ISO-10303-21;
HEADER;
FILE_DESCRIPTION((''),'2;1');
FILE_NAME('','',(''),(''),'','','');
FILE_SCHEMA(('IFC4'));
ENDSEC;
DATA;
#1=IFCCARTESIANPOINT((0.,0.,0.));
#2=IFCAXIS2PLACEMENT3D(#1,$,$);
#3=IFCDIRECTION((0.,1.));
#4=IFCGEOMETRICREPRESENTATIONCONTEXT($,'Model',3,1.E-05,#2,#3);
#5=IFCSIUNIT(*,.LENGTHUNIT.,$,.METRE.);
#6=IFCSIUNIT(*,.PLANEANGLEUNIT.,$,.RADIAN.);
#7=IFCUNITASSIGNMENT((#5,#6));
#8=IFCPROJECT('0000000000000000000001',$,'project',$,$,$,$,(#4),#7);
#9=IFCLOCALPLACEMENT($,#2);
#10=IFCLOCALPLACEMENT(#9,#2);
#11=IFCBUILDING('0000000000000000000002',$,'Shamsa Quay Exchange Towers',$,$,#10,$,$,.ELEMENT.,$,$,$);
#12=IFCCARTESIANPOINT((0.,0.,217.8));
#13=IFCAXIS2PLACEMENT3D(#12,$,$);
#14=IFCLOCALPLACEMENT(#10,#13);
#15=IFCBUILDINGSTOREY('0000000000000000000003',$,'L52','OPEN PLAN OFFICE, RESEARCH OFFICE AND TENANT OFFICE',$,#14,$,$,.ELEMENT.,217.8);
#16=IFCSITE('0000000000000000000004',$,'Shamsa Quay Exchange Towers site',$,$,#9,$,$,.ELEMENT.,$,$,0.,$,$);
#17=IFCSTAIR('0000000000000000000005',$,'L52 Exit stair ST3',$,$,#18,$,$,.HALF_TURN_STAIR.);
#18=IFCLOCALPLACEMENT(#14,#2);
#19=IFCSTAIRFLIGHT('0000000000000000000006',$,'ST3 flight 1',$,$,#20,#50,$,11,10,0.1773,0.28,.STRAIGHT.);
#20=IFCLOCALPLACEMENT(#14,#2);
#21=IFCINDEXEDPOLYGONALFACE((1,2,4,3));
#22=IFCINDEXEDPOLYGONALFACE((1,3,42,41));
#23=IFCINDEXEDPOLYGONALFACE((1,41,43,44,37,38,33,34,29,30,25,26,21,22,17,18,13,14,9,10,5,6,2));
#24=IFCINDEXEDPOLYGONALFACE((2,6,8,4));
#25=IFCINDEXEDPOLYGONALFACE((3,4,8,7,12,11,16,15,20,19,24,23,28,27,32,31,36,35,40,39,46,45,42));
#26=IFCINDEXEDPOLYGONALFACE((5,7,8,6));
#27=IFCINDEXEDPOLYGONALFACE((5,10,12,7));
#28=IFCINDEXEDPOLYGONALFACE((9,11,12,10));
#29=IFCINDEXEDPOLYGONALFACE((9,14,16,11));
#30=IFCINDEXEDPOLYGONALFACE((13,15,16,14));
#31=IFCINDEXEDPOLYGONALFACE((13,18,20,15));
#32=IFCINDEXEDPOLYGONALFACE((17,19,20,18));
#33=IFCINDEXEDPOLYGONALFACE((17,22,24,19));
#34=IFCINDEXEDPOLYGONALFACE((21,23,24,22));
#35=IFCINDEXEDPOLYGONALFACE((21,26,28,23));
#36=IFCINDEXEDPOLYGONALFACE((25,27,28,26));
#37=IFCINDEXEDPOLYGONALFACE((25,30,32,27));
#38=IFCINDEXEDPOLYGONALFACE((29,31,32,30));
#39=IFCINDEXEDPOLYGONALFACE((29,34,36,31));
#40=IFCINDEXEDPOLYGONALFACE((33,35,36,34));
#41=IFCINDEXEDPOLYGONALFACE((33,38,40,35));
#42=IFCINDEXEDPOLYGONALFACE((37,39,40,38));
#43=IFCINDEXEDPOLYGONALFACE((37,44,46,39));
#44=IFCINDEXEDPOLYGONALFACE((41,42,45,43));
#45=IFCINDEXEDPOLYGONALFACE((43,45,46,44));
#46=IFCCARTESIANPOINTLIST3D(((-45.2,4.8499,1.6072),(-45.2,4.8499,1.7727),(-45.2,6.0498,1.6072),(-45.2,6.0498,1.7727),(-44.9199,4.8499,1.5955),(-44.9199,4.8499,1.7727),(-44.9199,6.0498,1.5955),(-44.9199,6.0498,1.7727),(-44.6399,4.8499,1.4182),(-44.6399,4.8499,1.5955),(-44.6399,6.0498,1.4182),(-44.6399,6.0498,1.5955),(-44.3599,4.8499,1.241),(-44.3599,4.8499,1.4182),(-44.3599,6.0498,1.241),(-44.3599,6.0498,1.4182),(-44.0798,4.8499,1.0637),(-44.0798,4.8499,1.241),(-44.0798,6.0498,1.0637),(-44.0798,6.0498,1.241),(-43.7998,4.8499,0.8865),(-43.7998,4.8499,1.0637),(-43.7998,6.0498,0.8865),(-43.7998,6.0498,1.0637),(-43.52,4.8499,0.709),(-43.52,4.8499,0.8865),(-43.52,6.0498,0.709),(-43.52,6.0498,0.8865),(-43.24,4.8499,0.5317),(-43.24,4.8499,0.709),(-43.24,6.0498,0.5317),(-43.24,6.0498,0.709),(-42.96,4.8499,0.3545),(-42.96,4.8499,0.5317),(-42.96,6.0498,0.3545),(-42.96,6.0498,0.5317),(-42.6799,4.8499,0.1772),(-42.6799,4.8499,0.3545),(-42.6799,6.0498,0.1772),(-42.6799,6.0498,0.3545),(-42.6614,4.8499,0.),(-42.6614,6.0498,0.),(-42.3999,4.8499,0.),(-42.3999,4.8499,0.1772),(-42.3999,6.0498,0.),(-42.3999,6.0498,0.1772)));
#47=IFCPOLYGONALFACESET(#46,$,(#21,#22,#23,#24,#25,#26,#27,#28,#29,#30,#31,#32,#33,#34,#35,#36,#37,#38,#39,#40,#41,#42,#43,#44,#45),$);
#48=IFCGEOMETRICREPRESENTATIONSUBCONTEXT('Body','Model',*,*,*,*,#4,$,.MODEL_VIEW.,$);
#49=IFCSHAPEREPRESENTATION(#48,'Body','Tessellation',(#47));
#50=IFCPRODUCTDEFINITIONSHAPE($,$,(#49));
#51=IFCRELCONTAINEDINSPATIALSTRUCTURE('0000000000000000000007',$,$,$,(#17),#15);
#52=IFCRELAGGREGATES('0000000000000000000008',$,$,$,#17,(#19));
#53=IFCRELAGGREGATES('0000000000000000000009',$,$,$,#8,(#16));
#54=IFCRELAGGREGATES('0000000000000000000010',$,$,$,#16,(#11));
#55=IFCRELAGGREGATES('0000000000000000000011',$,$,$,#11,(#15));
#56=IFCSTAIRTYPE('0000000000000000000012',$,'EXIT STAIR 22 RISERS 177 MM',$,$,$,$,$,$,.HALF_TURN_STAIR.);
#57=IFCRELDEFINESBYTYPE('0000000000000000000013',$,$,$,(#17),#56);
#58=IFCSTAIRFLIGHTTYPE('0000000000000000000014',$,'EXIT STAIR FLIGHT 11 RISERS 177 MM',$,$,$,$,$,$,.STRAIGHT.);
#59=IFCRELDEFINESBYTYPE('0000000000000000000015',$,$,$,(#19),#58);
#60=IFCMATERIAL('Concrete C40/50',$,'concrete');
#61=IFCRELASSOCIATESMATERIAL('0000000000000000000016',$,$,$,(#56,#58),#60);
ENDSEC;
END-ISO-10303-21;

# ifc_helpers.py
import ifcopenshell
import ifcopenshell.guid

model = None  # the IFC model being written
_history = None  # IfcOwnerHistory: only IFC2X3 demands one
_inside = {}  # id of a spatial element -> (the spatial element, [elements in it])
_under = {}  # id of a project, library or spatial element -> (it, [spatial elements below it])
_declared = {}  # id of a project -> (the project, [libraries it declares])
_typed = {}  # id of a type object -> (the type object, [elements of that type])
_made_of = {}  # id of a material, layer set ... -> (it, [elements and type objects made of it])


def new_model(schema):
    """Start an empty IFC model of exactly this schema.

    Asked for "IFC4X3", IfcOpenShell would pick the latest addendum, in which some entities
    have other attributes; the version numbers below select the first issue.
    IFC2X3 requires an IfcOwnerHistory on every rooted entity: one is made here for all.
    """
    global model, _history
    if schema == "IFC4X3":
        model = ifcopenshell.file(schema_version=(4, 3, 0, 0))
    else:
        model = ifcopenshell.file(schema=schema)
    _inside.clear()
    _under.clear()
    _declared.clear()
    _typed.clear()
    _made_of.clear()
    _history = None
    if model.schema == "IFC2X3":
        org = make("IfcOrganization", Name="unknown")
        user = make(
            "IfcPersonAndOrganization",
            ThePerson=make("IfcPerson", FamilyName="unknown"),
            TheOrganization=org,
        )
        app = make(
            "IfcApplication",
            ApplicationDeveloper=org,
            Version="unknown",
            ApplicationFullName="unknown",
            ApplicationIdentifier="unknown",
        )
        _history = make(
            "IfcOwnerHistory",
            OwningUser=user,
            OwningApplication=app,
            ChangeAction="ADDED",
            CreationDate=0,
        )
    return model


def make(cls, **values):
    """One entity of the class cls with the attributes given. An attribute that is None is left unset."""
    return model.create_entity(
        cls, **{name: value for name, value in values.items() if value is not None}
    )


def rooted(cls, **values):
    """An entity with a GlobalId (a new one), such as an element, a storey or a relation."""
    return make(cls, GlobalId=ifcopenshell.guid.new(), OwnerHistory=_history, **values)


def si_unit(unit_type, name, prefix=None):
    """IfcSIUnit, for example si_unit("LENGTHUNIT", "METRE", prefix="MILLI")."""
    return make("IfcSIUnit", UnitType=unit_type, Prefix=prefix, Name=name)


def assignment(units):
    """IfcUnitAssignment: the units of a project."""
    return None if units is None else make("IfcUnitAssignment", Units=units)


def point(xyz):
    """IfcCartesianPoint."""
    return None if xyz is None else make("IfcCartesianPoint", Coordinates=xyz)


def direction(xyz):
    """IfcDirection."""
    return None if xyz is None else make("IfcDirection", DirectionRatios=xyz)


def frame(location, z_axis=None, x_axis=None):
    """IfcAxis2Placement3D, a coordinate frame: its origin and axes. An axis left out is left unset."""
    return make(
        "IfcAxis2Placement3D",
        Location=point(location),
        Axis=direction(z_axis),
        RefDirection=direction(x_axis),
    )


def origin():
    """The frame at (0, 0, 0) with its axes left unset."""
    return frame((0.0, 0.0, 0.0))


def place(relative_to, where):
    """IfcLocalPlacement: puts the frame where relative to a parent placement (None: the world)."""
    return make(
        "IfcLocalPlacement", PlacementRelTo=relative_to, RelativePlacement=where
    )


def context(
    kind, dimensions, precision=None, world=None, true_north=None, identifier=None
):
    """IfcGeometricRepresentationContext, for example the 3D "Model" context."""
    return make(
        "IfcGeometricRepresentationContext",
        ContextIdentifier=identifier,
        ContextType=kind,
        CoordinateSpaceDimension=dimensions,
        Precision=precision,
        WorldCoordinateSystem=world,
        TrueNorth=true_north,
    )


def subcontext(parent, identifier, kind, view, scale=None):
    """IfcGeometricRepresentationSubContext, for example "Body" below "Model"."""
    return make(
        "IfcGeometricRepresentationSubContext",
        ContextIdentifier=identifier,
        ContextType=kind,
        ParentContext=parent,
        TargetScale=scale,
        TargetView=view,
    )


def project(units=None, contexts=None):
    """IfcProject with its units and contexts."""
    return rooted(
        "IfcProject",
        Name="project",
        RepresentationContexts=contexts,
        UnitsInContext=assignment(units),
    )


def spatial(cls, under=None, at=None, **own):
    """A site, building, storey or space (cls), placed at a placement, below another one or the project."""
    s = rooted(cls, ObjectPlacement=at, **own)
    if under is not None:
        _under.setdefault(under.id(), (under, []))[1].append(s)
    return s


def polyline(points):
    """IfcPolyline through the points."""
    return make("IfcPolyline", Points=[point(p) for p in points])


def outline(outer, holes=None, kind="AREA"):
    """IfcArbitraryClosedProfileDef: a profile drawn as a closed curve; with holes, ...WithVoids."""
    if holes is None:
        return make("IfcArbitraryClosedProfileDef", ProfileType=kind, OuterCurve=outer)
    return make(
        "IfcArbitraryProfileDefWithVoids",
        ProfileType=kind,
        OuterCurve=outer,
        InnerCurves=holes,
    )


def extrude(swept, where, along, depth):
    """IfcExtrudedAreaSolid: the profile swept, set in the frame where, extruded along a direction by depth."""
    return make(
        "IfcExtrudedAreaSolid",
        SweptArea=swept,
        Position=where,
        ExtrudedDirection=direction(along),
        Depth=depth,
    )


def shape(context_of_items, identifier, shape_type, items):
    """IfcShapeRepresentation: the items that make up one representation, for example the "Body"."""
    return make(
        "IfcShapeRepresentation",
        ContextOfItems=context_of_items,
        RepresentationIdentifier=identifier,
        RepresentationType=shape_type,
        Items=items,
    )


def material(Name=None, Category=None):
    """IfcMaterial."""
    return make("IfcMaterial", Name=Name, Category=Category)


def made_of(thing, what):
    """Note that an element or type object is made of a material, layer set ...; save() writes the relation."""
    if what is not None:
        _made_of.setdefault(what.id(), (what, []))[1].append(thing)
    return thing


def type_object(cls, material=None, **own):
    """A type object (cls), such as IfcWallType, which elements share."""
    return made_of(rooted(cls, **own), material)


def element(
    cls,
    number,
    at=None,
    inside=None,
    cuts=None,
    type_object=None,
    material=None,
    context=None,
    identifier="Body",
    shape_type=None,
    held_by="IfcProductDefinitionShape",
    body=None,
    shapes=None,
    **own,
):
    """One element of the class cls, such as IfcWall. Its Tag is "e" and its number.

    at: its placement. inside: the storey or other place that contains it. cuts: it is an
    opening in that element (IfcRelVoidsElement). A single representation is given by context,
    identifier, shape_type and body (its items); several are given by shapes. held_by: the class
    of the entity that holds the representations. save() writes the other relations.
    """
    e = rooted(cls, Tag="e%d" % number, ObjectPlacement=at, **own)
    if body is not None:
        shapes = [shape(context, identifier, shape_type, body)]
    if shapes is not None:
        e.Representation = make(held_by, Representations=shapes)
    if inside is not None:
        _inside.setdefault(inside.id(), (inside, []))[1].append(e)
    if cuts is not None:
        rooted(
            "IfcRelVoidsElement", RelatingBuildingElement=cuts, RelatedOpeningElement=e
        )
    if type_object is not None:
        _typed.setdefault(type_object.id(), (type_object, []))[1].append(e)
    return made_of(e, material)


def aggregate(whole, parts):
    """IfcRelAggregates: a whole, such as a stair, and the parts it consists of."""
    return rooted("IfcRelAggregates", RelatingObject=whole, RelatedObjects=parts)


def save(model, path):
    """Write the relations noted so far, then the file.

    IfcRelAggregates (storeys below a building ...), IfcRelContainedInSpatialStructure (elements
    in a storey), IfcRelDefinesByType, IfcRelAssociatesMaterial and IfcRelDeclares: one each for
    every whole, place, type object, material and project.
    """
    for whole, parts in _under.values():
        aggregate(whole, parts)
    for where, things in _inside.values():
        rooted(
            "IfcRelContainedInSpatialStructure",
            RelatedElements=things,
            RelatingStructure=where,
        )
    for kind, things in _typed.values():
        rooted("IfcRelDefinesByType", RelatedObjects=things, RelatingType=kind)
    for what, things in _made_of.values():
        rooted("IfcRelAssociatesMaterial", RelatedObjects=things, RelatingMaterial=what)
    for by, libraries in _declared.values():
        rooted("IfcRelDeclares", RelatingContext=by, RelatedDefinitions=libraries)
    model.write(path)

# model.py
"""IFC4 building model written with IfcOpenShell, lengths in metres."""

from ifc_helpers import new_model, si_unit, direction, frame, origin, place, context, subcontext, project, spatial, polyline, outline, extrude, material, type_object, element, aggregate, save


model = new_model("IFC4")

# Units and contexts
model_context = context("Model", 3, precision=1e-05, world=origin(), true_north=direction((0.0, 1.0)))
body_context = subcontext(model_context, "Body", "Model", "MODEL_VIEW")
ifc_project = project(units=[si_unit("LENGTHUNIT", "METRE"), si_unit("PLANEANGLEUNIT", "RADIAN")], contexts=[model_context])

# Site, building, storey
site_placement = place(None, origin())
site = spatial("IfcSite", under=ifc_project, at=site_placement, Name="Shamsa Quay Exchange Towers site", CompositionType="ELEMENT", RefElevation=0.0)
building_placement = place(site_placement, origin())
building = spatial("IfcBuilding", under=site, at=building_placement, Name="Shamsa Quay Exchange Towers", CompositionType="ELEMENT")
storey_placement = place(building_placement, frame((0.0, 0.0, 217.8)))
storey = spatial("IfcBuildingStorey", under=building, at=storey_placement, Name="L52", Description="OPEN PLAN OFFICE, RESEARCH OFFICE AND TENANT OFFICE", CompositionType="ELEMENT", Elevation=217.8)

# Stair, stair flight
ifc_material_1 = material(Name="Concrete C40/50", Category="concrete")
stair_type = type_object("IfcStairType", Name="EXIT STAIR 22 RISERS 177 MM", PredefinedType="HALF_TURN_STAIR", material=ifc_material_1)
stair_placement = place(storey_placement, origin())
stair = element("IfcStair", 1, at=stair_placement, inside=storey, type_object=stair_type, Name="L52 Exit stair ST3", PredefinedType="HALF_TURN_STAIR")
stair_flight_type = type_object("IfcStairFlightType", Name="EXIT STAIR FLIGHT 11 RISERS 177 MM", PredefinedType="STRAIGHT", material=ifc_material_1)
stair_flight_placement = place(storey_placement, frame((-42.3999, 5.45, 0.0), z_axis=(0.0, 0.0, 1.0), x_axis=(-1.0, 0.0, 0.0)))
stair_flight = element("IfcStairFlight", 2, at=stair_flight_placement, type_object=stair_flight_type, Name="ST3 flight 1", NumberOfRisers=11, NumberOfTreads=10, PredefinedType="STRAIGHT", RiserHeight=0.1773, TreadLength=0.28, context=body_context, shape_type="SweptSolid", body=[
    extrude(outline(polyline([(0.0, 0.0), (0.0, 0.1772), (0.28, 0.1772), (0.28, 0.3545), (0.5601, 0.3545), (0.5601, 0.5317), (0.8401, 0.5317), (0.8401, 0.709), (1.1201, 0.709), (1.1201, 0.8865), (1.3999, 0.8865), (1.3999, 1.0637), (1.6799, 1.0637), (1.6799, 1.241), (1.96, 1.241), (1.96, 1.4182), (2.24, 1.4182), (2.24, 1.5955), (2.52, 1.5955), (2.52, 1.7727), (2.8, 1.7727), (2.8, 1.95), (2.8, 1.6072), (0.2615, 0.0), (0.0, 0.0)])), frame((0.0, 0.6001, 0.0), z_axis=(0.0, -1.0, 0.0), x_axis=(1.0, 0.0, 0.0)), (0.0, 0.0, 1.0), 1.2),
])
aggregate(stair, [stair_flight])

save(model, "model.ifc")
